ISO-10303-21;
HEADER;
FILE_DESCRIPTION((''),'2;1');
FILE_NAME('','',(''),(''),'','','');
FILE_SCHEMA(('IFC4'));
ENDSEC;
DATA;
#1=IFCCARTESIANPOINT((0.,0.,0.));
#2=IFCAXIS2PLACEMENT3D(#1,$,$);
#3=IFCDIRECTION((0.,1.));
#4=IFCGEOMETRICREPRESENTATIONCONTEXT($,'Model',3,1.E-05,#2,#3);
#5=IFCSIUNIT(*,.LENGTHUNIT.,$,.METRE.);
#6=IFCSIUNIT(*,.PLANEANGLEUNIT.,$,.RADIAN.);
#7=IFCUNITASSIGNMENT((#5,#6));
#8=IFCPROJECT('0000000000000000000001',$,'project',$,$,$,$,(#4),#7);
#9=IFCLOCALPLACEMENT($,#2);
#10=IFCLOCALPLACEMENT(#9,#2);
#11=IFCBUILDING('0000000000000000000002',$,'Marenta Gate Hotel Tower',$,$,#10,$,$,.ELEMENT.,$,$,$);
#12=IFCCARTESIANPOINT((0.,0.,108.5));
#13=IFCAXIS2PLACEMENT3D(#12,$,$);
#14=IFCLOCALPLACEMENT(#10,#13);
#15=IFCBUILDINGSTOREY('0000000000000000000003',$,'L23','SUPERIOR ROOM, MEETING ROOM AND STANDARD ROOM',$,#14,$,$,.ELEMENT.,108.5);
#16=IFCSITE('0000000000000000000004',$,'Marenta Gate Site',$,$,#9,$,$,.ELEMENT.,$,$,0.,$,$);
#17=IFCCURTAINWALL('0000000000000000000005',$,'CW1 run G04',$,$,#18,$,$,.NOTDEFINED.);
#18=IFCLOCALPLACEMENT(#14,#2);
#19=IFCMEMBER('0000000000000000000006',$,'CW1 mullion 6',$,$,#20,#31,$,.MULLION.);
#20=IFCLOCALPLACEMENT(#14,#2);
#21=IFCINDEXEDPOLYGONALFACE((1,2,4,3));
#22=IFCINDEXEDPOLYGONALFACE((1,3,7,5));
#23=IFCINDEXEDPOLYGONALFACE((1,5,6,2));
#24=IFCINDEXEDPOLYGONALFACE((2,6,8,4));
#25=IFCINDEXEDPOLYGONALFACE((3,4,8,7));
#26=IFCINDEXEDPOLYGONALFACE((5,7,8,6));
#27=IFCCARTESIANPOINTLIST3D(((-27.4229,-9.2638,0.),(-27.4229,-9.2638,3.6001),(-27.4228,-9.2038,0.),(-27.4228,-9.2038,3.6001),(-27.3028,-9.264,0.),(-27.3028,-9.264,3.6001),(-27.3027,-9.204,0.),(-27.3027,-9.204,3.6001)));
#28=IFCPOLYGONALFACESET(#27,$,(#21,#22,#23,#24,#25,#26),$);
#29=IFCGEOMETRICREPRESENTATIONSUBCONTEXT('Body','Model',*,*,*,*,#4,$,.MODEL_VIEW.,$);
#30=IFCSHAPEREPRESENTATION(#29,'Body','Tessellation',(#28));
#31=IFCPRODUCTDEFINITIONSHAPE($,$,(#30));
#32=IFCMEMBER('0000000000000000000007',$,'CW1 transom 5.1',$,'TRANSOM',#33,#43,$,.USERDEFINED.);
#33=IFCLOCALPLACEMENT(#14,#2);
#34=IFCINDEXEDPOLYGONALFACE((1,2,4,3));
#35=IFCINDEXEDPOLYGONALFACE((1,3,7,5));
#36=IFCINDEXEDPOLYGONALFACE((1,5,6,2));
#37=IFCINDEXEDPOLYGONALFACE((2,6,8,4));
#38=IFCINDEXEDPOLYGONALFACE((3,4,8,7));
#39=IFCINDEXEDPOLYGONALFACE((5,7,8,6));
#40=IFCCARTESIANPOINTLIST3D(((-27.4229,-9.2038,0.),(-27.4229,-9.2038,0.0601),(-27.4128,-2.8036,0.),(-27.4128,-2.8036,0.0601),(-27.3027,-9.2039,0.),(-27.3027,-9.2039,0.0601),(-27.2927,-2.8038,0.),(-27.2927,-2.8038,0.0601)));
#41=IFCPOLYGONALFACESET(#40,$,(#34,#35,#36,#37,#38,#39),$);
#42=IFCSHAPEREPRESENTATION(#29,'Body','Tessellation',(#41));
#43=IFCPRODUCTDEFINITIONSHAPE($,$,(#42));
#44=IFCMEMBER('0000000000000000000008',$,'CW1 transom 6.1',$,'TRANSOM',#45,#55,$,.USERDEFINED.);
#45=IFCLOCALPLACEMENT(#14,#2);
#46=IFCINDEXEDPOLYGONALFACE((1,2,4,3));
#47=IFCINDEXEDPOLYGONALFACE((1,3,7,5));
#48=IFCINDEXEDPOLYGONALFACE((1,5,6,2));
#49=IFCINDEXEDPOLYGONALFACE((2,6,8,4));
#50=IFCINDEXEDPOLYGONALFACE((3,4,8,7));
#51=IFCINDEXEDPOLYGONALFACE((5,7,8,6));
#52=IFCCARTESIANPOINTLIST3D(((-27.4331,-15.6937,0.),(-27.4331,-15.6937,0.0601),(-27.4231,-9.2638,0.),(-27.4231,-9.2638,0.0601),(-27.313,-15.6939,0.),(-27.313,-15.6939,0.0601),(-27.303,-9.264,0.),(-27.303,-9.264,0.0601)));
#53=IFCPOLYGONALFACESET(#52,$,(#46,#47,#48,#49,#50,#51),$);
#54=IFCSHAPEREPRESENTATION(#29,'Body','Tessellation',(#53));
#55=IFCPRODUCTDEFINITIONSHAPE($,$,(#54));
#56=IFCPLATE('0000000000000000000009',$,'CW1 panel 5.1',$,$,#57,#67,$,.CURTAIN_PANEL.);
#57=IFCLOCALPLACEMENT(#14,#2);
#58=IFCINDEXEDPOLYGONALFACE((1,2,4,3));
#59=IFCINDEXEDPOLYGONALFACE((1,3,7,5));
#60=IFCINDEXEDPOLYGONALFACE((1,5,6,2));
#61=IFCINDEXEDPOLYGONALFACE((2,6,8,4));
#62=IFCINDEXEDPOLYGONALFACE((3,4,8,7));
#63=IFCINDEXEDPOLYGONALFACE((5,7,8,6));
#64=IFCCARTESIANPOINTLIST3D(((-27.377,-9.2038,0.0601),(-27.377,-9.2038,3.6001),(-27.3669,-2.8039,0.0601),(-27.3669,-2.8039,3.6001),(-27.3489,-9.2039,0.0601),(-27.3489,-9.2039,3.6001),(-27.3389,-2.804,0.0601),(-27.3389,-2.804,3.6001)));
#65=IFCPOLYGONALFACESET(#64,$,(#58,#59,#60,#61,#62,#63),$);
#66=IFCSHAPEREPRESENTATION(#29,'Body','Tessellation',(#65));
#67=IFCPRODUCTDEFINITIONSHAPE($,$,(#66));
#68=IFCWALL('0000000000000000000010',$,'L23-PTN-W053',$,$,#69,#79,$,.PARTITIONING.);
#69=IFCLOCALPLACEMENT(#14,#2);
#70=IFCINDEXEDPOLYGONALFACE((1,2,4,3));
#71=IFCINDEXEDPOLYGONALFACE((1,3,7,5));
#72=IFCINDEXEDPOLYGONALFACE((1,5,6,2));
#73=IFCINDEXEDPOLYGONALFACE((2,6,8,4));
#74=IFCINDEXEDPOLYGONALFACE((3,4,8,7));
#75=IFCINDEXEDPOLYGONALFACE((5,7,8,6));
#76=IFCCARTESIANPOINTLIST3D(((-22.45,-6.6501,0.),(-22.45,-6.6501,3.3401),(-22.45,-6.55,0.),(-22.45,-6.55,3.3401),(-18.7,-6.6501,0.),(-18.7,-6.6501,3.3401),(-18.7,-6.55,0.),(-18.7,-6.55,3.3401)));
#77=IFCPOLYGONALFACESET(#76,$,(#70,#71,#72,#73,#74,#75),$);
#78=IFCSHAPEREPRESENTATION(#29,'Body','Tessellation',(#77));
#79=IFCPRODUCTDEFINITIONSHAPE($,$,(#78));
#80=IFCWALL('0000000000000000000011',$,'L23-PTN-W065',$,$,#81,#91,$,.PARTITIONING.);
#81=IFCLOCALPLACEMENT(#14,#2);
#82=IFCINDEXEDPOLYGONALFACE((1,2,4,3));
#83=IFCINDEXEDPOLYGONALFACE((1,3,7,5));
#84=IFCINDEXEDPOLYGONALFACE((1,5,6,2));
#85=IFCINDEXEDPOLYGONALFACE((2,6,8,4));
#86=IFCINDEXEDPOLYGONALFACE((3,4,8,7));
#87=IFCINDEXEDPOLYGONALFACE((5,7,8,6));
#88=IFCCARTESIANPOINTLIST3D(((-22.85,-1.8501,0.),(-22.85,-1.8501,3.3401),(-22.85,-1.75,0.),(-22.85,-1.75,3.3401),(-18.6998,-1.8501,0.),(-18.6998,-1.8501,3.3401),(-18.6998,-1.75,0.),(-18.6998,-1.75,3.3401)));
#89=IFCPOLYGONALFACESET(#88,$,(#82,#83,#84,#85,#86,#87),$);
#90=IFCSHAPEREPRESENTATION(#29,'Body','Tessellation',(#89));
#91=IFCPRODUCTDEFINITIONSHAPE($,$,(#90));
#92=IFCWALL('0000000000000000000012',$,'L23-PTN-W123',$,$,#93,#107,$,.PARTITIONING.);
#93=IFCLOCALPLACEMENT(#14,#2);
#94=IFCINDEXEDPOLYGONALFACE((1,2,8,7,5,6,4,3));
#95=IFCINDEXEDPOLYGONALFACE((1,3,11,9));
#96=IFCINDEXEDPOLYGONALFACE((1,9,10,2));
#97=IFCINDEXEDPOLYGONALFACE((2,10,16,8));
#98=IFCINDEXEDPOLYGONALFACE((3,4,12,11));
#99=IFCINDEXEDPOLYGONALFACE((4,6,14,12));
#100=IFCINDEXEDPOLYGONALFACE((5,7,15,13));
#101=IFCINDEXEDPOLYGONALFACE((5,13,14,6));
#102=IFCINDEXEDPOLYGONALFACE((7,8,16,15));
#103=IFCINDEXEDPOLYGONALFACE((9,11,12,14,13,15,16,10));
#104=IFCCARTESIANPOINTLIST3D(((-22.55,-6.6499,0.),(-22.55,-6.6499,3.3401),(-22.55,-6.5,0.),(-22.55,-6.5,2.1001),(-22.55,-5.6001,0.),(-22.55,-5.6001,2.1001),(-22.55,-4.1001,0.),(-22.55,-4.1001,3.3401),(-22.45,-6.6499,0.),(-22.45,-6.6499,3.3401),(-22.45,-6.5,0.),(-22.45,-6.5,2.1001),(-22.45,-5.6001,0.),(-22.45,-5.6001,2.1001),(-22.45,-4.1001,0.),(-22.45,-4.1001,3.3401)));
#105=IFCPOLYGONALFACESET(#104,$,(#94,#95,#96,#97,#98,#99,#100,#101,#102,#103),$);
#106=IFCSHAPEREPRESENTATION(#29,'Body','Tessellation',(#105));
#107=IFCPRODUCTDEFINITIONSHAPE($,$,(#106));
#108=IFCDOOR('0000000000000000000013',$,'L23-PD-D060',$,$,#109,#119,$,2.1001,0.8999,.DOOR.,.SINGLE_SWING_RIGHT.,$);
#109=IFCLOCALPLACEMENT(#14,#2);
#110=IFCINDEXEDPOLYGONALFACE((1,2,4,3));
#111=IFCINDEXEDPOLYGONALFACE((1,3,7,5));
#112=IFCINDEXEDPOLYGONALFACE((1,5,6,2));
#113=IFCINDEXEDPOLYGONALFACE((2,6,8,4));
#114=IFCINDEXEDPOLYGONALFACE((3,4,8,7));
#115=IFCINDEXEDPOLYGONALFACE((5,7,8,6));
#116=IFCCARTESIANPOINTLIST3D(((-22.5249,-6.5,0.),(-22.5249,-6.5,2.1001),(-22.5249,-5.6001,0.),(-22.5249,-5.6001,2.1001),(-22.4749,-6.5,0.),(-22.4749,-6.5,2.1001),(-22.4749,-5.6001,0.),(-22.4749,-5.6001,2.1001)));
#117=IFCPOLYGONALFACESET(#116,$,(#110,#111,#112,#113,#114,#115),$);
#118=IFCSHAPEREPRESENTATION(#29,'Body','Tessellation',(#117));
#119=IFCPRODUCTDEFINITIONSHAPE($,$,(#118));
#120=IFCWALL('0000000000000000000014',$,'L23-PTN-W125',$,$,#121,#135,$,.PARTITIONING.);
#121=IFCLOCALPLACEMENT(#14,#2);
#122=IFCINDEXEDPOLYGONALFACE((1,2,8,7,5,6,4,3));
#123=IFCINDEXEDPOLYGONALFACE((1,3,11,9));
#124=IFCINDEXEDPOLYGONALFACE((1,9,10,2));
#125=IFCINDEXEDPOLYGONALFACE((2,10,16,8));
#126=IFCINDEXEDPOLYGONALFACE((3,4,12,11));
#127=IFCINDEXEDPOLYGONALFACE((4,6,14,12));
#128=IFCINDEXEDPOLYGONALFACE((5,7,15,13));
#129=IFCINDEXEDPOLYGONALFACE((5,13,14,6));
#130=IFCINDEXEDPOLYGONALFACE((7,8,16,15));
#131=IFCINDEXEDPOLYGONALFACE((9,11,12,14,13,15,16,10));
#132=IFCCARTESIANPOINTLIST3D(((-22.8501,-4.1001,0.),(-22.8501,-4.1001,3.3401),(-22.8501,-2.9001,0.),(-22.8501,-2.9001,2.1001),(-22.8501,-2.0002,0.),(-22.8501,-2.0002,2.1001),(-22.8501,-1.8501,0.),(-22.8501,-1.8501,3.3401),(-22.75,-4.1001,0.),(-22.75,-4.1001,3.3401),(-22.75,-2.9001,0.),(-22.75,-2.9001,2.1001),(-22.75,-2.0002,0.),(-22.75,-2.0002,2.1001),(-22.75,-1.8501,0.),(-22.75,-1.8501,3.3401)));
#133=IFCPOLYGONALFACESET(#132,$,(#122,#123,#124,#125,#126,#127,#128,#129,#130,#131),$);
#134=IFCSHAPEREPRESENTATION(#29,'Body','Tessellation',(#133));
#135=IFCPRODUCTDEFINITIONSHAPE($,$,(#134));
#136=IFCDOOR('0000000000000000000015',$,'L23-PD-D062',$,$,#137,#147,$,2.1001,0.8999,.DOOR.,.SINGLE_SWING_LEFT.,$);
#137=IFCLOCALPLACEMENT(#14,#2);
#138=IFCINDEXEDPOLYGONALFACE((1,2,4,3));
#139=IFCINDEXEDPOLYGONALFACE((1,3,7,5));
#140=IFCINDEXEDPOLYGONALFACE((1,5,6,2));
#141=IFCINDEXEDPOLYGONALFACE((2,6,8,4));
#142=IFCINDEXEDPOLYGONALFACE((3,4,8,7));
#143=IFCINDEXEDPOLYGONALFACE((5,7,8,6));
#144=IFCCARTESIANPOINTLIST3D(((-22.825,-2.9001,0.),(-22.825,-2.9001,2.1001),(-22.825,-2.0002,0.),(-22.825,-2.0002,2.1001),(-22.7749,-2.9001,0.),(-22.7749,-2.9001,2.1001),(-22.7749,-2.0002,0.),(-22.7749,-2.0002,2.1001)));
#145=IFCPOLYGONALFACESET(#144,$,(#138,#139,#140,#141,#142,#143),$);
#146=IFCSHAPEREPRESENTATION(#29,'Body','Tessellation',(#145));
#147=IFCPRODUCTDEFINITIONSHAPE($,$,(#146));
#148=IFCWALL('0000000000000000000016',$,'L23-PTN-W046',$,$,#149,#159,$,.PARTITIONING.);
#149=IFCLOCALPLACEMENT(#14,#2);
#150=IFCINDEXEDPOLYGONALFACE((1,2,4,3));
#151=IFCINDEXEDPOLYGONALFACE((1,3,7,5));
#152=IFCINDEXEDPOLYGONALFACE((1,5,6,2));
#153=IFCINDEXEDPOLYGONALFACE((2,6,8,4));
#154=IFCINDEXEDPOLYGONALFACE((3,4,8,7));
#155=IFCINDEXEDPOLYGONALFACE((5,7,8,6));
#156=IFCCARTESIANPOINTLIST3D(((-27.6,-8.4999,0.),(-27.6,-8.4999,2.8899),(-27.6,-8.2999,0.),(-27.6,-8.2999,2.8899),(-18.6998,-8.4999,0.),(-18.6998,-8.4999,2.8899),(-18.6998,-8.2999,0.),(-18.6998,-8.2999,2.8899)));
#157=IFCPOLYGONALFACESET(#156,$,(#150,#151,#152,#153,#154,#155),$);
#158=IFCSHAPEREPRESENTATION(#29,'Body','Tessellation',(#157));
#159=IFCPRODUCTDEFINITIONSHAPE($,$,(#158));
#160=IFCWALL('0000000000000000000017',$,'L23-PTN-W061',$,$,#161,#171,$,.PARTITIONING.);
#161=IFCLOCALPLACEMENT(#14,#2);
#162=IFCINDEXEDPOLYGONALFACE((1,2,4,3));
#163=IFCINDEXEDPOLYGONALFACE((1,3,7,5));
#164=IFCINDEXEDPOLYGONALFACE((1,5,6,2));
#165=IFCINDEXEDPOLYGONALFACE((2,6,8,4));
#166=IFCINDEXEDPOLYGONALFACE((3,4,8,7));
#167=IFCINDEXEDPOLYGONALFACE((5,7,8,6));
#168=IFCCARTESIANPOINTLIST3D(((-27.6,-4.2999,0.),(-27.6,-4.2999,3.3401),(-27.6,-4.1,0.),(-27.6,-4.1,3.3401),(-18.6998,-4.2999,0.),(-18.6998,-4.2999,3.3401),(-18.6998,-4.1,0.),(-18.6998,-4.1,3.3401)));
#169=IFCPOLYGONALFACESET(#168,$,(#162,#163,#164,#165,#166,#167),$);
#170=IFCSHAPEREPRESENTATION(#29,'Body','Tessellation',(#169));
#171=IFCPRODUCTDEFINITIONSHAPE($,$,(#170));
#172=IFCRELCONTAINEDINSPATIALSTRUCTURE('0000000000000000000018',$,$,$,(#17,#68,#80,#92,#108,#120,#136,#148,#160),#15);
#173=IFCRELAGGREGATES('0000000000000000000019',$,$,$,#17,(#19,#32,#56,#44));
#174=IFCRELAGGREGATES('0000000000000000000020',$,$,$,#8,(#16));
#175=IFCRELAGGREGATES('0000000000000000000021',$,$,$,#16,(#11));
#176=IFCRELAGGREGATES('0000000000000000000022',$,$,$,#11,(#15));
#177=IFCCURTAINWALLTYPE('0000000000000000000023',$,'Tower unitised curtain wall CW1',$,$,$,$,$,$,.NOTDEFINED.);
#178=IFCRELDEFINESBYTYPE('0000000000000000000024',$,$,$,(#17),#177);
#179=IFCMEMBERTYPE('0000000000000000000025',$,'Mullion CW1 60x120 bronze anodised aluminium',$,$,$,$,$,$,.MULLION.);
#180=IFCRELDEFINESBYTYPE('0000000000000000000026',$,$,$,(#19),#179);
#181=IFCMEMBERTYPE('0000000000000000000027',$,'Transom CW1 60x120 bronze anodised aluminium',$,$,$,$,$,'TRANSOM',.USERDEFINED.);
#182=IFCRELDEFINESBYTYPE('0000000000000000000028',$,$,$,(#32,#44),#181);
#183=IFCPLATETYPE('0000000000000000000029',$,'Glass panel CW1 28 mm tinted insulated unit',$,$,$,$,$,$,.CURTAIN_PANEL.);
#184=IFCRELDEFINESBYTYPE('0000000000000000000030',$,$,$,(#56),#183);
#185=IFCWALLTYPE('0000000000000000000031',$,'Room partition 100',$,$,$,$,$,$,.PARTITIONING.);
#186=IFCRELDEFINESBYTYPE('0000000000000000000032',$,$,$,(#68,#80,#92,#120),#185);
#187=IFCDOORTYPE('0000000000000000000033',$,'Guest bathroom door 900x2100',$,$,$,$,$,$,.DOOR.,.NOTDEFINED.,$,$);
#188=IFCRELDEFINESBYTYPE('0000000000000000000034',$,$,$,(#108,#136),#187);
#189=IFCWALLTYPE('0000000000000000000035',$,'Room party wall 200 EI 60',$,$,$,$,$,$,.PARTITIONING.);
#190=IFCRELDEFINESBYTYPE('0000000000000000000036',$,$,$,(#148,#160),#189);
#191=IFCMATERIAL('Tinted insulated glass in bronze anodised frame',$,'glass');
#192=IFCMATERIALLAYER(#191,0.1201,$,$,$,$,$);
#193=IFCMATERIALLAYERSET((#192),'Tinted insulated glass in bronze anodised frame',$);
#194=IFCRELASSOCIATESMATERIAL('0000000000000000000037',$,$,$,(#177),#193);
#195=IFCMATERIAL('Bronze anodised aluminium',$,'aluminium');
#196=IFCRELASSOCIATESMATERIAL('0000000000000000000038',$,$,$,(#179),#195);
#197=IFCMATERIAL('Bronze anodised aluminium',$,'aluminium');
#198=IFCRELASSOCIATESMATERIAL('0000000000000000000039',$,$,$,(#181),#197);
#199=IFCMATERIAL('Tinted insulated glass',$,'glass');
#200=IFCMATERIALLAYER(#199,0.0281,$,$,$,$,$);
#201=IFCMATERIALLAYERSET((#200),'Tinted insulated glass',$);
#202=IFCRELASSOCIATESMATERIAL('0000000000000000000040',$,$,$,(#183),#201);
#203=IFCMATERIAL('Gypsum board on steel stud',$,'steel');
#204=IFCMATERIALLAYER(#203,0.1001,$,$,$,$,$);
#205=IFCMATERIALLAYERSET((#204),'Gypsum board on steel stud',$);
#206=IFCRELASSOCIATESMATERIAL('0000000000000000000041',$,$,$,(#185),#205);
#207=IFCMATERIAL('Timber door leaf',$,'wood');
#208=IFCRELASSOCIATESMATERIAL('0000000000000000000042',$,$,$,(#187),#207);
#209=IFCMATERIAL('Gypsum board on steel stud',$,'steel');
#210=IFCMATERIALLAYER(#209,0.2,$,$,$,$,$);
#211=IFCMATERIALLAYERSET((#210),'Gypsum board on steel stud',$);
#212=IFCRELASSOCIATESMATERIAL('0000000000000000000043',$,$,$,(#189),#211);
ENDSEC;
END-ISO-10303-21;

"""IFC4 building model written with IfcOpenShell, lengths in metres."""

from ifc_helpers import new_model, si_unit, direction, frame, frame_2d, origin, origin_2d, place, context, subcontext, project, spatial, rectangle, extrude, material, layer, layer_set, material_profile, profile_set, type_object, element, fill, aggregate, save


model = new_model("IFC4")

# Units and contexts
model_context = context("Model", 3, precision=1e-05, world=origin(), true_north=direction((0.0, 1.0)))
body_context = subcontext(model_context, "Body", "Model", "MODEL_VIEW")
ifc_project = project(units=[si_unit("LENGTHUNIT", "METRE"), si_unit("PLANEANGLEUNIT", "RADIAN")], contexts=[model_context])

# Site, building, storey
site_placement = place(None, origin())
site = spatial("IfcSite", under=ifc_project, at=site_placement, Name="Marenta Gate Site", CompositionType="ELEMENT", RefElevation=0.0)
building_placement = place(site_placement, origin())
building = spatial("IfcBuilding", under=site, at=building_placement, Name="Marenta Gate Hotel Tower", CompositionType="ELEMENT")
storey_placement = place(building_placement, frame((0.0, 0.0, 108.5)))
storey = spatial("IfcBuildingStorey", under=building, at=storey_placement, Name="L23", Description="SUPERIOR ROOM, MEETING ROOM AND STANDARD ROOM", CompositionType="ELEMENT", Elevation=108.5)

# Curtain wall, members, plate
ifc_material_1 = material(Name="Tinted insulated glass in bronze anodised frame", Category="glass")
ifc_layer_1 = layer(ifc_material_1, 0.1201)
ifc_layer_set_1 = layer_set([ifc_layer_1], Name="Tinted insulated glass in bronze anodised frame")
curtain_wall_type = type_object("IfcCurtainWallType", Name="Tower unitised curtain wall CW1", PredefinedType="NOTDEFINED", material=ifc_layer_set_1)
curtain_wall_placement = place(storey_placement, origin())
curtain_wall = element("IfcCurtainWall", 1, at=curtain_wall_placement, inside=storey, type_object=curtain_wall_type, Name="CW1 run G04", PredefinedType="NOTDEFINED")
ifc_material_2 = material(Name="Bronze anodised aluminium", Category="aluminium")
ifc_material_profile_1 = material_profile(ifc_material_2, rectangle(XDim=0.1201, YDim=0.0601, at=origin_2d()), Name="Mullion CW1 60x120 bronze anodised aluminium")
ifc_profile_set_1 = profile_set([ifc_material_profile_1], Name="Bronze anodised aluminium")
member_type_1 = type_object("IfcMemberType", Name="Mullion CW1 60x120 bronze anodised aluminium", PredefinedType="MULLION", material=ifc_profile_set_1)
member_1_placement = place(storey_placement, frame((-27.3628, -9.2339, 0.0), z_axis=(0.0, 0.0, 1.0), x_axis=(0.999999, -0.001566, 0.0)))
member_1 = element("IfcMember", 2, at=member_1_placement, type_object=member_type_1, Name="CW1 mullion 6", PredefinedType="MULLION", context=body_context, shape_type="SweptSolid", body=[
    extrude(rectangle(XDim=0.1201, YDim=0.0601, at=origin_2d()), origin(), (0.0, 0.0, 1.0), 3.6001),
])
ifc_material_3 = material(Name="Bronze anodised aluminium", Category="aluminium")
ifc_material_profile_2 = material_profile(ifc_material_3, rectangle(XDim=0.1201, YDim=0.0601, at=origin_2d()), Name="Transom CW1 60x120 bronze anodised aluminium")
ifc_profile_set_2 = profile_set([ifc_material_profile_2], Name="Bronze anodised aluminium")
member_type_2 = type_object("IfcMemberType", Name="Transom CW1 60x120 bronze anodised aluminium", ElementType="TRANSOM", PredefinedType="USERDEFINED", material=ifc_profile_set_2)
member_2_placement = place(storey_placement, frame((-27.3528, -2.8037, 0.03), z_axis=(-0.001564, -0.999999, 0.0), x_axis=(0.999999, -0.001564, 0.0)))
member_2 = element("IfcMember", 3, at=member_2_placement, type_object=member_type_2, Name="CW1 transom 5.1", ObjectType="TRANSOM", PredefinedType="USERDEFINED", context=body_context, shape_type="SweptSolid", body=[
    extrude(rectangle(XDim=0.1201, YDim=0.0601, at=origin_2d()), origin(), (0.0, 0.0, 1.0), 6.4001),
])
member_3_placement = place(storey_placement, frame((-27.363, -9.2639, 0.03), z_axis=(-0.001557, -0.999999, 0.0), x_axis=(0.999999, -0.001557, 0.0)))
member_3 = element("IfcMember", 4, at=member_3_placement, type_object=member_type_2, Name="CW1 transom 6.1", ObjectType="TRANSOM", PredefinedType="USERDEFINED", context=body_context, shape_type="SweptSolid", body=[
    extrude(rectangle(XDim=0.1201, YDim=0.0601, at=origin_2d()), origin(), (0.0, 0.0, 1.0), 6.4299),
])
ifc_material_4 = material(Name="Tinted insulated glass", Category="glass")
ifc_layer_2 = layer(ifc_material_4, 0.0281)
ifc_layer_set_2 = layer_set([ifc_layer_2], Name="Tinted insulated glass")
plate_type = type_object("IfcPlateType", Name="Glass panel CW1 28 mm tinted insulated unit", PredefinedType="CURTAIN_PANEL", material=ifc_layer_set_2)
plate_placement = place(storey_placement, frame((-27.3579, -6.0039, 0.0601), z_axis=(0.0, 0.0, 1.0), x_axis=(-0.001566, -0.999999, 0.0)))
plate = element("IfcPlate", 5, at=plate_placement, type_object=plate_type, Name="CW1 panel 5.1", PredefinedType="CURTAIN_PANEL", context=body_context, shape_type="SweptSolid", body=[
    extrude(rectangle(XDim=6.3999, YDim=0.0281, at=origin_2d()), origin(), (0.0, 0.0, 1.0), 3.54),
])
aggregate(curtain_wall, [member_1, member_2, plate, member_3])

# Walls
ifc_material_5 = material(Name="Gypsum board on steel stud", Category="steel")
ifc_layer_3 = layer(ifc_material_5, 0.1001)
ifc_layer_set_3 = layer_set([ifc_layer_3], Name="Gypsum board on steel stud")
wall_type_1 = type_object("IfcWallType", Name="Room partition 100", PredefinedType="PARTITIONING", material=ifc_layer_set_3)
wall_1_placement = place(storey_placement, frame((-22.45, -6.6001, 0.0), z_axis=(0.0, 0.0, 1.0), x_axis=(1.0, 0.0, 0.0)))
element("IfcWall", 6, at=wall_1_placement, inside=storey, type_object=wall_type_1, Name="L23-PTN-W053", PredefinedType="PARTITIONING", context=body_context, shape_type="SweptSolid", body=[
    extrude(rectangle(XDim=3.75, YDim=0.1001, at=frame_2d((1.875, 0.0))), origin(), (0.0, 0.0, 1.0), 3.3401),
])
wall_2_placement = place(storey_placement, frame((-22.8501, -1.8, 0.0), z_axis=(0.0, 0.0, 1.0), x_axis=(1.0, 0.0, 0.0)))
element("IfcWall", 7, at=wall_2_placement, inside=storey, type_object=wall_type_1, Name="L23-PTN-W065", PredefinedType="PARTITIONING", context=body_context, shape_type="SweptSolid", body=[
    extrude(rectangle(XDim=4.1501, YDim=0.1001, at=frame_2d((2.0752, 0.0))), origin(), (0.0, 0.0, 1.0), 3.3401),
])

# Walls, openings, doors
wall_3_placement = place(storey_placement, frame((-22.5, -6.6499, 0.0), z_axis=(0.0, 0.0, 1.0), x_axis=(0.0, 1.0, 0.0)))
wall_3 = element("IfcWall", 8, at=wall_3_placement, inside=storey, type_object=wall_type_1, Name="L23-PTN-W123", PredefinedType="PARTITIONING", context=body_context, shape_type="SweptSolid", body=[
    extrude(rectangle(XDim=2.5498, YDim=0.1001, at=frame_2d((1.2749, 0.0))), origin(), (0.0, 0.0, 1.0), 3.3401),
])
opening_1_placement = place(wall_3_placement, frame((0.1499, 0.0, 0.0)))
opening_1 = element("IfcOpeningElement", 9, at=opening_1_placement, cuts=wall_3, PredefinedType="OPENING", context=body_context, shape_type="SweptSolid", body=[
    extrude(rectangle(XDim=0.8999, YDim=2.1001, at=frame_2d((0.45, 1.05))), frame((0.0, 0.05, 0.0), z_axis=(0.0, -1.0, 0.0), x_axis=(1.0, 0.0, 0.0)), (0.0, 0.0, 1.0), 0.1001),
])
ifc_material_6 = material(Name="Timber door leaf", Category="wood")
door_type_1 = type_object("IfcDoorType", Name="Guest bathroom door 900x2100", OperationType="NOTDEFINED", PredefinedType="DOOR", material=ifc_material_6)
door_1_placement = place(opening_1_placement, origin())
door_1 = element("IfcDoor", 10, at=door_1_placement, inside=storey, type_object=door_type_1, Name="L23-PD-D060", OperationType="SINGLE_SWING_RIGHT", OverallHeight=2.1001, OverallWidth=0.8999, PredefinedType="DOOR", context=body_context, shape_type="SweptSolid", body=[
    extrude(rectangle(XDim=0.8999, YDim=2.1001, at=frame_2d((0.45, 1.05))), frame((0.0, 0.0249, 0.0), z_axis=(0.0, -1.0, 0.0), x_axis=(1.0, 0.0, 0.0)), (0.0, 0.0, 1.0), 0.05),
])
fill(opening_1, door_1)
wall_4_placement = place(storey_placement, frame((-22.8, -4.1001, 0.0), z_axis=(0.0, 0.0, 1.0), x_axis=(0.0, 1.0, 0.0)))
wall_4 = element("IfcWall", 11, at=wall_4_placement, inside=storey, type_object=wall_type_1, Name="L23-PTN-W125", PredefinedType="PARTITIONING", context=body_context, shape_type="SweptSolid", body=[
    extrude(rectangle(XDim=2.25, YDim=0.1001, at=frame_2d((1.125, 0.0))), origin(), (0.0, 0.0, 1.0), 3.3401),
])
opening_2_placement = place(wall_4_placement, frame((1.2, 0.0, 0.0)))
opening_2 = element("IfcOpeningElement", 12, at=opening_2_placement, cuts=wall_4, PredefinedType="OPENING", context=body_context, shape_type="SweptSolid", body=[
    extrude(rectangle(XDim=0.8999, YDim=2.1001, at=frame_2d((0.45, 1.05))), frame((0.0, 0.05, 0.0), z_axis=(0.0, -1.0, 0.0), x_axis=(1.0, 0.0, 0.0)), (0.0, 0.0, 1.0), 0.1001),
])
door_2_placement = place(opening_2_placement, origin())
door_2 = element("IfcDoor", 13, at=door_2_placement, inside=storey, type_object=door_type_1, Name="L23-PD-D062", OperationType="SINGLE_SWING_LEFT", OverallHeight=2.1001, OverallWidth=0.8999, PredefinedType="DOOR", context=body_context, shape_type="SweptSolid", body=[
    extrude(rectangle(XDim=0.8999, YDim=2.1001, at=frame_2d((0.45, 1.05))), frame((0.0, 0.0249, 0.0), z_axis=(0.0, -1.0, 0.0), x_axis=(1.0, 0.0, 0.0)), (0.0, 0.0, 1.0), 0.05),
])
fill(opening_2, door_2)

# Walls
ifc_material_7 = material(Name="Gypsum board on steel stud", Category="steel")
ifc_layer_4 = layer(ifc_material_7, 0.2)
ifc_layer_set_4 = layer_set([ifc_layer_4], Name="Gypsum board on steel stud")
wall_type_2 = type_object("IfcWallType", Name="Room party wall 200 EI 60", PredefinedType="PARTITIONING", material=ifc_layer_set_4)
wall_5_placement = place(storey_placement, frame((-27.6001, -8.3999, 0.0), z_axis=(0.0, 0.0, 1.0), x_axis=(1.0, 0.0, 0.0)))
element("IfcWall", 14, at=wall_5_placement, inside=storey, type_object=wall_type_2, Name="L23-PTN-W046", PredefinedType="PARTITIONING", context=body_context, shape_type="SweptSolid", body=[
    extrude(rectangle(XDim=8.9001, YDim=0.2, at=frame_2d((4.4502, 0.0))), origin(), (0.0, 0.0, 1.0), 2.8899),
])
wall_6_placement = place(storey_placement, frame((-27.6001, -4.2, 0.0), z_axis=(0.0, 0.0, 1.0), x_axis=(1.0, 0.0, 0.0)))
element("IfcWall", 15, at=wall_6_placement, inside=storey, type_object=wall_type_2, Name="L23-PTN-W061", PredefinedType="PARTITIONING", context=body_context, shape_type="SweptSolid", body=[
    extrude(rectangle(XDim=8.9001, YDim=0.2, at=frame_2d((4.4502, 0.0))), origin(), (0.0, 0.0, 1.0), 3.3401),
])

save(model, "model.ifc")
